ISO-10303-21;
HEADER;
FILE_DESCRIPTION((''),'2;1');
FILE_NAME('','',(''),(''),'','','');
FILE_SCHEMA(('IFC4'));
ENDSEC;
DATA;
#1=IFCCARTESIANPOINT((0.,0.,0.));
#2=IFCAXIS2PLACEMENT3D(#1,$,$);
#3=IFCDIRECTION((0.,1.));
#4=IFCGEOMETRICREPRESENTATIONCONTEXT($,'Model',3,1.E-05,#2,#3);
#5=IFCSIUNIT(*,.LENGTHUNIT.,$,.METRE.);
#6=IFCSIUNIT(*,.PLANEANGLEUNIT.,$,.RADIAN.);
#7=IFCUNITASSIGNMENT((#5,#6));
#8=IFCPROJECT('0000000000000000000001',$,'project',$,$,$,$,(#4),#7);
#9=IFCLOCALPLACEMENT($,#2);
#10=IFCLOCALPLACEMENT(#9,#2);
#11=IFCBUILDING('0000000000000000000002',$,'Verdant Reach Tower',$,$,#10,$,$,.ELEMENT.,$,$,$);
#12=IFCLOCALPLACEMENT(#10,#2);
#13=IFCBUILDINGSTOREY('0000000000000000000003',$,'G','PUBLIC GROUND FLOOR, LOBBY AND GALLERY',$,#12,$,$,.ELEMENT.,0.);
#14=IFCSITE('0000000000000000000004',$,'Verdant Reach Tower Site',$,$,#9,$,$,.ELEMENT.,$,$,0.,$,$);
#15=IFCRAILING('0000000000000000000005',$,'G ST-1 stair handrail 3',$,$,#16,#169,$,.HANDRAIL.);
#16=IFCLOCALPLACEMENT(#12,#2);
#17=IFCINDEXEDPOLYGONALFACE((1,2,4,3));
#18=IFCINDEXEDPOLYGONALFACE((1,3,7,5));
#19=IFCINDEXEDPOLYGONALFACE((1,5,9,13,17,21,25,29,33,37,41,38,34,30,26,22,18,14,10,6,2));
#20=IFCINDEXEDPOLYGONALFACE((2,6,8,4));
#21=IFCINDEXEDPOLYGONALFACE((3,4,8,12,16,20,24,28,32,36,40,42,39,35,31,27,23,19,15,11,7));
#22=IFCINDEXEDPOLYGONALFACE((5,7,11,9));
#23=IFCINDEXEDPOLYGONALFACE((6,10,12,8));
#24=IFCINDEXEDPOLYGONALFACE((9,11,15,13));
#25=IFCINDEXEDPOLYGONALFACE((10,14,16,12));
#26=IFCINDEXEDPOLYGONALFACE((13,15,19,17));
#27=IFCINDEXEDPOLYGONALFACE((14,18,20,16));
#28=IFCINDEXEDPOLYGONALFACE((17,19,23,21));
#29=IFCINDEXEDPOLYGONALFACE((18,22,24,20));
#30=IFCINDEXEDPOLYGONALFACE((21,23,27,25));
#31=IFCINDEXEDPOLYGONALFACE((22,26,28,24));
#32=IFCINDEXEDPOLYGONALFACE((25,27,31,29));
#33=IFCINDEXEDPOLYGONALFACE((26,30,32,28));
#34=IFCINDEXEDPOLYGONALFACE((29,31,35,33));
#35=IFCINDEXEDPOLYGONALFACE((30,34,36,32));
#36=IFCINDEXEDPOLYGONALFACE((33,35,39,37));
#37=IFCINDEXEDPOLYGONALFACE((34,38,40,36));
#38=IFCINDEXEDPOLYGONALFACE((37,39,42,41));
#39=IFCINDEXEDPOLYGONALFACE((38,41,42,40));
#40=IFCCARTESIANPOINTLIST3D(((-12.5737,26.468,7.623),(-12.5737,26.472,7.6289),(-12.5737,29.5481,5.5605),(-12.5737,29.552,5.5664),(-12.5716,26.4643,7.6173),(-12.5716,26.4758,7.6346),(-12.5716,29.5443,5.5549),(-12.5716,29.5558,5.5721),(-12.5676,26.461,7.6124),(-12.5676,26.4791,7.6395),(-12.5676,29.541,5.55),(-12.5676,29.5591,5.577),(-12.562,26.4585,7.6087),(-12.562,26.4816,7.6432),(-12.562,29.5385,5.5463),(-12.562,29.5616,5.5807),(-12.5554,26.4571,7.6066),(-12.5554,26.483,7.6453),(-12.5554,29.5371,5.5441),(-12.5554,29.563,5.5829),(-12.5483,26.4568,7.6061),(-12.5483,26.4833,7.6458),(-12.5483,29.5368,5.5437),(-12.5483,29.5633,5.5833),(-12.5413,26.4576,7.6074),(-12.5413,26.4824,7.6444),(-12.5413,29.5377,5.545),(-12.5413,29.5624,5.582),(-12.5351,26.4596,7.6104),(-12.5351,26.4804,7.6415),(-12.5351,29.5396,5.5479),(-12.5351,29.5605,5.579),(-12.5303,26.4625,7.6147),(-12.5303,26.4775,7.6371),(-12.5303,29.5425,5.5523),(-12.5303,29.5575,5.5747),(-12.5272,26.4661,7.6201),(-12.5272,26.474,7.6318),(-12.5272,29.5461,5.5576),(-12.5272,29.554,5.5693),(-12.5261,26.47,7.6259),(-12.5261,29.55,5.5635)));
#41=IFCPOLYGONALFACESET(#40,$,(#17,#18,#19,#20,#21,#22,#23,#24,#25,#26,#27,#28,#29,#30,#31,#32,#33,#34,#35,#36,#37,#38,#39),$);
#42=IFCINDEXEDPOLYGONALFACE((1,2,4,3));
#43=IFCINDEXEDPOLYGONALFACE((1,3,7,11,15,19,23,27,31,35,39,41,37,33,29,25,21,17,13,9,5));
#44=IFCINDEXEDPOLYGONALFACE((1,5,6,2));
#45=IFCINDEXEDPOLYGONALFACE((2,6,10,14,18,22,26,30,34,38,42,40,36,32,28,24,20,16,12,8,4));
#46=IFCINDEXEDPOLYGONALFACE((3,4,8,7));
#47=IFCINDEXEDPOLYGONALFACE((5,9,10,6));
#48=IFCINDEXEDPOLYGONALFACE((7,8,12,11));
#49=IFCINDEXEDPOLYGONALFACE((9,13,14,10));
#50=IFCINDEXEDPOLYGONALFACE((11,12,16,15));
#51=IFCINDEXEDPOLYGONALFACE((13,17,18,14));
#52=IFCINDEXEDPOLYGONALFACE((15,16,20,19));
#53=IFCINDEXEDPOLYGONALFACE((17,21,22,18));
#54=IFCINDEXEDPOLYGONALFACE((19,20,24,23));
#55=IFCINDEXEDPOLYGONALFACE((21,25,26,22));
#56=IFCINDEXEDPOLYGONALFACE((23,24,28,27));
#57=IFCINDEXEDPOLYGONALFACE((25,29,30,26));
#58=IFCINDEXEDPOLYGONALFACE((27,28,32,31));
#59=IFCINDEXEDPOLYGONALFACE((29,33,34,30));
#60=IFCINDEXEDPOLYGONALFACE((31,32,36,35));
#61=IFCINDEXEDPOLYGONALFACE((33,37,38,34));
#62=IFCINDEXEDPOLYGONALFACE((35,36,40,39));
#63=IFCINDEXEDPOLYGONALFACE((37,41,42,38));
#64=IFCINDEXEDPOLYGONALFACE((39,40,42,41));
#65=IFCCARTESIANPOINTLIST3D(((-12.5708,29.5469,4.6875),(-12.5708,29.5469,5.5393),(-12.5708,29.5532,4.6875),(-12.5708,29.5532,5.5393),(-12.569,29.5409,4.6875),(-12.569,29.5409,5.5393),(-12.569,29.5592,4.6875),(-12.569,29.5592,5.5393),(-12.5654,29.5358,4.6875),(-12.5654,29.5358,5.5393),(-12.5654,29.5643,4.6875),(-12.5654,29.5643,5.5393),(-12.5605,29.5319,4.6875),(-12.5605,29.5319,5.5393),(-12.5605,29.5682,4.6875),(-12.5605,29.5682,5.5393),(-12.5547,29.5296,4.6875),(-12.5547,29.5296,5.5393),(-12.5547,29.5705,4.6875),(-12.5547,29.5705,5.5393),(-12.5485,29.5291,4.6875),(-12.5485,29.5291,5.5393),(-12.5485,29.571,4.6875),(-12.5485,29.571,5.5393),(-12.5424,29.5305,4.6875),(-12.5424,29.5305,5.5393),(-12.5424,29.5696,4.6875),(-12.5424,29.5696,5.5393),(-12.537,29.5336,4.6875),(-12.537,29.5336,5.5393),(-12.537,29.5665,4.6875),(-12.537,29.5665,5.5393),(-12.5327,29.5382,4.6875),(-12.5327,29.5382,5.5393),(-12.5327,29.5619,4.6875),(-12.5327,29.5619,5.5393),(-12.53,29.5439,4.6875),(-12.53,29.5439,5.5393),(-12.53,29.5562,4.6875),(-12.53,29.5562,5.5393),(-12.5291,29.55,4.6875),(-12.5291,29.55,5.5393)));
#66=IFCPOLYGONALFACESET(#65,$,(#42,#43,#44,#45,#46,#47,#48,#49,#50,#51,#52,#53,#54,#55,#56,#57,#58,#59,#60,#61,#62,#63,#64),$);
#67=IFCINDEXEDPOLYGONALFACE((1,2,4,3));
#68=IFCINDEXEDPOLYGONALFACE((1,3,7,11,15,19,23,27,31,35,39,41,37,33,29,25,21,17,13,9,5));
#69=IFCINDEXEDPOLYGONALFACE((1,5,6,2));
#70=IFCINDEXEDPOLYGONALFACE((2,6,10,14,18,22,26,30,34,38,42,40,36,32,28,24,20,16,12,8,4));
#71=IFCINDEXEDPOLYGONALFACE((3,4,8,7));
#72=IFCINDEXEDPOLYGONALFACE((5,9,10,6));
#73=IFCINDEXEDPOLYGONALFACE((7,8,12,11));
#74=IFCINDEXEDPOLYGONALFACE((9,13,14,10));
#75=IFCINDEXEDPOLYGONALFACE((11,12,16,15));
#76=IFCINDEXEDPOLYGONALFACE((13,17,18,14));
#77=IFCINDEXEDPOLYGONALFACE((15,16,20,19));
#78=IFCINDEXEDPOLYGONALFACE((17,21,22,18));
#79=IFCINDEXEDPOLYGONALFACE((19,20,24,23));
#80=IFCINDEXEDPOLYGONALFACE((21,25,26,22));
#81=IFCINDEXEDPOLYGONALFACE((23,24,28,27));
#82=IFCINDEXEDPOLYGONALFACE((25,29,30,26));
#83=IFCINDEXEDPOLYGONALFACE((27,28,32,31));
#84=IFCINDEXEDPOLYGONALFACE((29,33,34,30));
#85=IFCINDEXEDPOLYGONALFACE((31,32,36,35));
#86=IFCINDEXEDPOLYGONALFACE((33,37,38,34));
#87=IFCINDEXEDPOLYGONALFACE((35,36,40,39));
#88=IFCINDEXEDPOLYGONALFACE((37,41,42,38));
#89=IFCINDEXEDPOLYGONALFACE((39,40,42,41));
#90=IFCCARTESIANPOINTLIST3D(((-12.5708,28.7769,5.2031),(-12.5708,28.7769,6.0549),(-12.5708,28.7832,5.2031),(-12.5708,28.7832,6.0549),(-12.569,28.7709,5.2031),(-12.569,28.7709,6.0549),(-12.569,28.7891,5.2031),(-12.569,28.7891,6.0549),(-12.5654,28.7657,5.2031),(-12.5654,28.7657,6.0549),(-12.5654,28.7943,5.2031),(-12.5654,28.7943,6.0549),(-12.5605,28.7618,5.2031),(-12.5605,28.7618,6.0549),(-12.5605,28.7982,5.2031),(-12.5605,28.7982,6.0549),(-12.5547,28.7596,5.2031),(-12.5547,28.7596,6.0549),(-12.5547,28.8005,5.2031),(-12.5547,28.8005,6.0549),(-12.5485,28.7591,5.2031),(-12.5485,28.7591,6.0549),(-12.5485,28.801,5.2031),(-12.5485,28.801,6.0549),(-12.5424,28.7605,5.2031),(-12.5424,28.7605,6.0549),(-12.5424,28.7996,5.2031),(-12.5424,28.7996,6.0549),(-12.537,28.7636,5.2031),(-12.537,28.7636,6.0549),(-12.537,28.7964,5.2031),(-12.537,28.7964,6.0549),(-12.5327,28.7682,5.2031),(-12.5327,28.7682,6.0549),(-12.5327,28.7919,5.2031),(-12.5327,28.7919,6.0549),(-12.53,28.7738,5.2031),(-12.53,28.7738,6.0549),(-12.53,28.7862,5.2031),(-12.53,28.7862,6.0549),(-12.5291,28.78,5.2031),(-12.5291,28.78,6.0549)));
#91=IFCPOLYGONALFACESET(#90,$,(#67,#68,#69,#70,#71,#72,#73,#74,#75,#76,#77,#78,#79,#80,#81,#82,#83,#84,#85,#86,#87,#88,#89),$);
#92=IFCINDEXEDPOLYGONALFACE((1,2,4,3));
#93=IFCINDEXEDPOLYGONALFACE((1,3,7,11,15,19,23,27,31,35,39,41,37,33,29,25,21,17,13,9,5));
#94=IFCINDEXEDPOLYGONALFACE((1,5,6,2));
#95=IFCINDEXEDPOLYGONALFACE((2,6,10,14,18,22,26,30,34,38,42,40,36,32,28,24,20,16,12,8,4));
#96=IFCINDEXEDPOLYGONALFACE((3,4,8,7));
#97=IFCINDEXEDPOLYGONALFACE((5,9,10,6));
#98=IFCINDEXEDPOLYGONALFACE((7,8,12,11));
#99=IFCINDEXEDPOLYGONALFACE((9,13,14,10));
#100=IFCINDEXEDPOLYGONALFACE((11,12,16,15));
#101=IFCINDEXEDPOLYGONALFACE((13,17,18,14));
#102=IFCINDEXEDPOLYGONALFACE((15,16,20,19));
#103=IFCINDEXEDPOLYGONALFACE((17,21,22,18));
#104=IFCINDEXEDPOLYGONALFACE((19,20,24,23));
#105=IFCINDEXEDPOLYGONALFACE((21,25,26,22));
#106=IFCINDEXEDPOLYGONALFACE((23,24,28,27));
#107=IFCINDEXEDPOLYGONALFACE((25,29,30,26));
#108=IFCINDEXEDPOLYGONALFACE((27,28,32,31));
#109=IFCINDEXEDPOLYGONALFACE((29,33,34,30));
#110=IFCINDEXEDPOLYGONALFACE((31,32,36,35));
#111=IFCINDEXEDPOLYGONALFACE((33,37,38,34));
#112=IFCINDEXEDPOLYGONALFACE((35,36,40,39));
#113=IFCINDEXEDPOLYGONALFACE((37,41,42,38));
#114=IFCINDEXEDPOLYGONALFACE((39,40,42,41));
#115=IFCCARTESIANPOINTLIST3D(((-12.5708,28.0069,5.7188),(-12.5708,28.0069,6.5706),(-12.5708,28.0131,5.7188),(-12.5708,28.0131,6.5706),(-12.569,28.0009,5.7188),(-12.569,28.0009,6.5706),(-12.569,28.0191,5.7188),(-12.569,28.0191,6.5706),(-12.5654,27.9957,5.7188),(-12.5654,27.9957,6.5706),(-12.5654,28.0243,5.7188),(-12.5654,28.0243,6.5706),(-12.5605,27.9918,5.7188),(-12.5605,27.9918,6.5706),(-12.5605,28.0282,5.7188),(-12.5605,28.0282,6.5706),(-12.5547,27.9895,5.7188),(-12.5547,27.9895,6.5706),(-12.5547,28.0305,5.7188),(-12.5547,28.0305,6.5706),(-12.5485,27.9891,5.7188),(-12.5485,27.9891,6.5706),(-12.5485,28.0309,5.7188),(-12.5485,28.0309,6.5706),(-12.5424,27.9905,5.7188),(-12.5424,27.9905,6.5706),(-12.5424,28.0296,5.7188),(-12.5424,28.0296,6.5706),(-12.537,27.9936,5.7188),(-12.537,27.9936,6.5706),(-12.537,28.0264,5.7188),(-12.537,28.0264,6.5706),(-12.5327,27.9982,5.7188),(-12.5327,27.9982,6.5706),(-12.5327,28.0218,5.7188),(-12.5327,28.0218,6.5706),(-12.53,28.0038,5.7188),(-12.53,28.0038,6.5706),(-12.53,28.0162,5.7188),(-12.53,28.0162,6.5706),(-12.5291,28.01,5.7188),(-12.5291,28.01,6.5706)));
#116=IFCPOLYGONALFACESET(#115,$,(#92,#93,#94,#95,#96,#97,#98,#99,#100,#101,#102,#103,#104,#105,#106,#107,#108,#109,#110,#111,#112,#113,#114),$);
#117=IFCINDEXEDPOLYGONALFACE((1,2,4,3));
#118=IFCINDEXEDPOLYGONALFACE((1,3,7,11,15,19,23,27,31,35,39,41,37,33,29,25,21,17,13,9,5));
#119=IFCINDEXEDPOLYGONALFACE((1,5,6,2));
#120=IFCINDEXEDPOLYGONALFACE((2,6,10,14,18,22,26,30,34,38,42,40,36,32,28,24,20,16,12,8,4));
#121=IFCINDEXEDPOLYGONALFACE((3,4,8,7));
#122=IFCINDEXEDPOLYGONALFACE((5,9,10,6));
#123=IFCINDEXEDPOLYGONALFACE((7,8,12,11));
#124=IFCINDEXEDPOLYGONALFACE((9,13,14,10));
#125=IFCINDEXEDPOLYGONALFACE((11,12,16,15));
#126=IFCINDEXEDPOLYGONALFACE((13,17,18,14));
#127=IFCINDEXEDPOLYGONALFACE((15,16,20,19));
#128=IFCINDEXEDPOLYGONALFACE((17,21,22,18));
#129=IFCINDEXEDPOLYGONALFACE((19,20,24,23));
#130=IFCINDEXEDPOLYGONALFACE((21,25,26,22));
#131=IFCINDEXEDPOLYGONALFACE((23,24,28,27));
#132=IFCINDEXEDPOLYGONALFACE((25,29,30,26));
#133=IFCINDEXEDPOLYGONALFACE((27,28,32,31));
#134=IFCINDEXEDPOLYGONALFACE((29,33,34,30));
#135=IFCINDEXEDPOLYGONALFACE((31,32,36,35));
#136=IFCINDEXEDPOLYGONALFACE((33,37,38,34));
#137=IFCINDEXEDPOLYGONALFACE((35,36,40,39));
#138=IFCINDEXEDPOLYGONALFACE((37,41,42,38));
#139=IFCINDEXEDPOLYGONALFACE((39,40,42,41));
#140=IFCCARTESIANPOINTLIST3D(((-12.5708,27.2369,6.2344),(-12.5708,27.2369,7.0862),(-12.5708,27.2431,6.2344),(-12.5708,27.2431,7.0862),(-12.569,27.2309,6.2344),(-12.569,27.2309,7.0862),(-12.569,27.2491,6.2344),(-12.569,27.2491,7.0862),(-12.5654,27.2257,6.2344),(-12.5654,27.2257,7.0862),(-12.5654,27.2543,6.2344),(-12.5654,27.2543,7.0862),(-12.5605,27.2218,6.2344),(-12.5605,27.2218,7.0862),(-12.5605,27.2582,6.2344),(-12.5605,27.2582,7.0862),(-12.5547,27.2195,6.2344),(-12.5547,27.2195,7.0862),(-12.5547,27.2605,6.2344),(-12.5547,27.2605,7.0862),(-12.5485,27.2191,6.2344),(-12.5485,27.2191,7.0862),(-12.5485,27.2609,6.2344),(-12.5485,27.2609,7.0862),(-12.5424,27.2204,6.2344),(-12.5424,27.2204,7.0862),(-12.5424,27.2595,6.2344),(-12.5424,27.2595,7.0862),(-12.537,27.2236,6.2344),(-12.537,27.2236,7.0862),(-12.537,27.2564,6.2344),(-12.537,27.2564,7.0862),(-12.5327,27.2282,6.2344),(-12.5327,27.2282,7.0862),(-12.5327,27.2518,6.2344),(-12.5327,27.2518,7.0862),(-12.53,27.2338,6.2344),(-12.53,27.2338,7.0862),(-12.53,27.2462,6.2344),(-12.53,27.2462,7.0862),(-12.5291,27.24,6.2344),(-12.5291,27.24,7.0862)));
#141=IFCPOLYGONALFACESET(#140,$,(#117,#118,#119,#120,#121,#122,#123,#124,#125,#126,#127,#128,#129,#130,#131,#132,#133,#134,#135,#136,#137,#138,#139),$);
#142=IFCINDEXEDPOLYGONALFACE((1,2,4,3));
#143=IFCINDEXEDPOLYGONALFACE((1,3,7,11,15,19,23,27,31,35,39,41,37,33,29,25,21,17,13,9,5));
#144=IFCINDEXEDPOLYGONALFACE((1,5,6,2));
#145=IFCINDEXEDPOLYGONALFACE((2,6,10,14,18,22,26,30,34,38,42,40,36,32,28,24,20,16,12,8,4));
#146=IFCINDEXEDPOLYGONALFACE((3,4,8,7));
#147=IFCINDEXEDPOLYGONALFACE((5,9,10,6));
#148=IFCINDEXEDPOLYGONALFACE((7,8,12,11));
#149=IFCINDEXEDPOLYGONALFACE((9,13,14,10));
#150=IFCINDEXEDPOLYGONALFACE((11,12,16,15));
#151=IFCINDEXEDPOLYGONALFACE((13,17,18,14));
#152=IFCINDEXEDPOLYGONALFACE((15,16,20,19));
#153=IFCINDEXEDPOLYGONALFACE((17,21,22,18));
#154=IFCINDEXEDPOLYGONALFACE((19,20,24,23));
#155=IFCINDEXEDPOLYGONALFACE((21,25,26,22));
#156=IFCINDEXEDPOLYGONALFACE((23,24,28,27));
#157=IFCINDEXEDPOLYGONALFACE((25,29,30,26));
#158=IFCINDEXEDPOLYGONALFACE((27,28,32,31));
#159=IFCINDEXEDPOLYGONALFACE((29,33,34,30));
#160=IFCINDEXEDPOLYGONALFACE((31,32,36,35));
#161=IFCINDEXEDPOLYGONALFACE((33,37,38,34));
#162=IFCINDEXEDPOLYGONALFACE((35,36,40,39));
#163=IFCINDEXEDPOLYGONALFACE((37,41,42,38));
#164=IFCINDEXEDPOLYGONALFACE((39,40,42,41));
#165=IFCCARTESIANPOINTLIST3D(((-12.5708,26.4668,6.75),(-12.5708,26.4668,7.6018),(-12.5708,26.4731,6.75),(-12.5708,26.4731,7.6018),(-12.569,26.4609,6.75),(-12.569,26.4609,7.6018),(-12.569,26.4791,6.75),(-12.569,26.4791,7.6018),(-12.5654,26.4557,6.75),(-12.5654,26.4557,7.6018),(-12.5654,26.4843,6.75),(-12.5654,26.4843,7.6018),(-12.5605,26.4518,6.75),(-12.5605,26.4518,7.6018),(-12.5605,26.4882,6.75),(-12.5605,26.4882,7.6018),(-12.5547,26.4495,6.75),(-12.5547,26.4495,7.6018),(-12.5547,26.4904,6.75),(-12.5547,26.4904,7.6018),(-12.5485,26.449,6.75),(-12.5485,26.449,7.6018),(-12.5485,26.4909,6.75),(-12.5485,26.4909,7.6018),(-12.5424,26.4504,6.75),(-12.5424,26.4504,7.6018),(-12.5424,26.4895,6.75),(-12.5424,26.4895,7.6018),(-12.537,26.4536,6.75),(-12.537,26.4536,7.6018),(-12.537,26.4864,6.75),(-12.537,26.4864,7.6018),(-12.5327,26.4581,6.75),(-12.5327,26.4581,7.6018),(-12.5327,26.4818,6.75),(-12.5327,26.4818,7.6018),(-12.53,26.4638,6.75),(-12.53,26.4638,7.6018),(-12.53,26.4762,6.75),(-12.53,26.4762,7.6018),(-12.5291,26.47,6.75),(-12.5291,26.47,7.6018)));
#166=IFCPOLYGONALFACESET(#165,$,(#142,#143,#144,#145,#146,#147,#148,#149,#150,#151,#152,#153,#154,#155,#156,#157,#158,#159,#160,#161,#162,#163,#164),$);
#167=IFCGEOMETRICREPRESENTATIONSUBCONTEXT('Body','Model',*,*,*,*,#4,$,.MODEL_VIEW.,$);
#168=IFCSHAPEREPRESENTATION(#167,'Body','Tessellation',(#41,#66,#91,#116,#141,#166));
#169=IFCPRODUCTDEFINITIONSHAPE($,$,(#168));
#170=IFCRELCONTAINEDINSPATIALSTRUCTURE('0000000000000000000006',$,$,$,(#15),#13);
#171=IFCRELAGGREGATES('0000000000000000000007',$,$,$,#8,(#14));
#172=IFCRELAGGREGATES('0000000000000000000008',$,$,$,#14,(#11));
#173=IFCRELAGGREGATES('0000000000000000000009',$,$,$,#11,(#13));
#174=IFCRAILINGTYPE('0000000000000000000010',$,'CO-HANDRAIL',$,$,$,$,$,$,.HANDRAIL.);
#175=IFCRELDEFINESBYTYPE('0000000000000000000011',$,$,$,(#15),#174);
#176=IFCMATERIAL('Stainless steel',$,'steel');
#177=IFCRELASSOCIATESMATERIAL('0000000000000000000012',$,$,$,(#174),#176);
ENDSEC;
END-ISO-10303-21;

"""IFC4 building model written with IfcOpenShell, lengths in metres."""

from ifc_helpers import new_model, si_unit, direction, frame, origin, origin_2d, place, context, subcontext, project, spatial, circle, extrude, material, type_object, element, save


model = new_model("IFC4")

# Units and contexts
model_context = context("Model", 3, precision=1e-05, world=origin(), true_north=direction((0.0, 1.0)))
body_context = subcontext(model_context, "Body", "Model", "MODEL_VIEW")
ifc_project = project(units=[si_unit("LENGTHUNIT", "METRE"), si_unit("PLANEANGLEUNIT", "RADIAN")], contexts=[model_context])

# Site, building, storey
site_placement = place(None, origin())
site = spatial("IfcSite", under=ifc_project, at=site_placement, Name="Verdant Reach Tower Site", CompositionType="ELEMENT", RefElevation=0.0)
building_placement = place(site_placement, origin())
building = spatial("IfcBuilding", under=site, at=building_placement, Name="Verdant Reach Tower", CompositionType="ELEMENT")
storey_placement = place(building_placement, origin())
storey = spatial("IfcBuildingStorey", under=building, at=storey_placement, Name="G", Description="PUBLIC GROUND FLOOR, LOBBY AND GALLERY", CompositionType="ELEMENT", Elevation=0.0)

# Shared definitions
ifc_material_1 = material(Name="Stainless steel", Category="steel")

# Railing
railing_type_1 = type_object("IfcRailingType", Name="CO-HANDRAIL", PredefinedType="HANDRAIL", material=ifc_material_1)
railing_1_placement = place(storey_placement, frame((-12.55, 29.55, 4.6875)))
element("IfcRailing", 1, at=railing_1_placement, inside=storey, type_object=railing_type_1, Name="G ST-1 stair handrail 3", PredefinedType="HANDRAIL", context=body_context, shape_type="SweptSolid", body=[
    extrude(circle(Radius=0.0239, at=origin_2d()), frame((0.0, 0.0, 0.876), z_axis=(0.0, -0.830914, 0.556401), x_axis=(1.0, 0.0, 0.0)), (0.0, 0.0, 1.0), 3.7068),
    extrude(circle(Radius=0.021, at=origin_2d()), origin(), (0.0, 0.0, 1.0), 0.8518),
    extrude(circle(Radius=0.021, at=origin_2d()), frame((0.0, -0.77, 0.5156)), (0.0, 0.0, 1.0), 0.8518),
    extrude(circle(Radius=0.021, at=origin_2d()), frame((0.0, -1.54, 1.0312)), (0.0, 0.0, 1.0), 0.8518),
    extrude(circle(Radius=0.021, at=origin_2d()), frame((0.0, -2.3101, 1.5469)), (0.0, 0.0, 1.0), 0.8518),
    extrude(circle(Radius=0.021, at=origin_2d()), frame((0.0, -3.0801, 2.0625)), (0.0, 0.0, 1.0), 0.8518),
])

save(model, "model.ifc")
